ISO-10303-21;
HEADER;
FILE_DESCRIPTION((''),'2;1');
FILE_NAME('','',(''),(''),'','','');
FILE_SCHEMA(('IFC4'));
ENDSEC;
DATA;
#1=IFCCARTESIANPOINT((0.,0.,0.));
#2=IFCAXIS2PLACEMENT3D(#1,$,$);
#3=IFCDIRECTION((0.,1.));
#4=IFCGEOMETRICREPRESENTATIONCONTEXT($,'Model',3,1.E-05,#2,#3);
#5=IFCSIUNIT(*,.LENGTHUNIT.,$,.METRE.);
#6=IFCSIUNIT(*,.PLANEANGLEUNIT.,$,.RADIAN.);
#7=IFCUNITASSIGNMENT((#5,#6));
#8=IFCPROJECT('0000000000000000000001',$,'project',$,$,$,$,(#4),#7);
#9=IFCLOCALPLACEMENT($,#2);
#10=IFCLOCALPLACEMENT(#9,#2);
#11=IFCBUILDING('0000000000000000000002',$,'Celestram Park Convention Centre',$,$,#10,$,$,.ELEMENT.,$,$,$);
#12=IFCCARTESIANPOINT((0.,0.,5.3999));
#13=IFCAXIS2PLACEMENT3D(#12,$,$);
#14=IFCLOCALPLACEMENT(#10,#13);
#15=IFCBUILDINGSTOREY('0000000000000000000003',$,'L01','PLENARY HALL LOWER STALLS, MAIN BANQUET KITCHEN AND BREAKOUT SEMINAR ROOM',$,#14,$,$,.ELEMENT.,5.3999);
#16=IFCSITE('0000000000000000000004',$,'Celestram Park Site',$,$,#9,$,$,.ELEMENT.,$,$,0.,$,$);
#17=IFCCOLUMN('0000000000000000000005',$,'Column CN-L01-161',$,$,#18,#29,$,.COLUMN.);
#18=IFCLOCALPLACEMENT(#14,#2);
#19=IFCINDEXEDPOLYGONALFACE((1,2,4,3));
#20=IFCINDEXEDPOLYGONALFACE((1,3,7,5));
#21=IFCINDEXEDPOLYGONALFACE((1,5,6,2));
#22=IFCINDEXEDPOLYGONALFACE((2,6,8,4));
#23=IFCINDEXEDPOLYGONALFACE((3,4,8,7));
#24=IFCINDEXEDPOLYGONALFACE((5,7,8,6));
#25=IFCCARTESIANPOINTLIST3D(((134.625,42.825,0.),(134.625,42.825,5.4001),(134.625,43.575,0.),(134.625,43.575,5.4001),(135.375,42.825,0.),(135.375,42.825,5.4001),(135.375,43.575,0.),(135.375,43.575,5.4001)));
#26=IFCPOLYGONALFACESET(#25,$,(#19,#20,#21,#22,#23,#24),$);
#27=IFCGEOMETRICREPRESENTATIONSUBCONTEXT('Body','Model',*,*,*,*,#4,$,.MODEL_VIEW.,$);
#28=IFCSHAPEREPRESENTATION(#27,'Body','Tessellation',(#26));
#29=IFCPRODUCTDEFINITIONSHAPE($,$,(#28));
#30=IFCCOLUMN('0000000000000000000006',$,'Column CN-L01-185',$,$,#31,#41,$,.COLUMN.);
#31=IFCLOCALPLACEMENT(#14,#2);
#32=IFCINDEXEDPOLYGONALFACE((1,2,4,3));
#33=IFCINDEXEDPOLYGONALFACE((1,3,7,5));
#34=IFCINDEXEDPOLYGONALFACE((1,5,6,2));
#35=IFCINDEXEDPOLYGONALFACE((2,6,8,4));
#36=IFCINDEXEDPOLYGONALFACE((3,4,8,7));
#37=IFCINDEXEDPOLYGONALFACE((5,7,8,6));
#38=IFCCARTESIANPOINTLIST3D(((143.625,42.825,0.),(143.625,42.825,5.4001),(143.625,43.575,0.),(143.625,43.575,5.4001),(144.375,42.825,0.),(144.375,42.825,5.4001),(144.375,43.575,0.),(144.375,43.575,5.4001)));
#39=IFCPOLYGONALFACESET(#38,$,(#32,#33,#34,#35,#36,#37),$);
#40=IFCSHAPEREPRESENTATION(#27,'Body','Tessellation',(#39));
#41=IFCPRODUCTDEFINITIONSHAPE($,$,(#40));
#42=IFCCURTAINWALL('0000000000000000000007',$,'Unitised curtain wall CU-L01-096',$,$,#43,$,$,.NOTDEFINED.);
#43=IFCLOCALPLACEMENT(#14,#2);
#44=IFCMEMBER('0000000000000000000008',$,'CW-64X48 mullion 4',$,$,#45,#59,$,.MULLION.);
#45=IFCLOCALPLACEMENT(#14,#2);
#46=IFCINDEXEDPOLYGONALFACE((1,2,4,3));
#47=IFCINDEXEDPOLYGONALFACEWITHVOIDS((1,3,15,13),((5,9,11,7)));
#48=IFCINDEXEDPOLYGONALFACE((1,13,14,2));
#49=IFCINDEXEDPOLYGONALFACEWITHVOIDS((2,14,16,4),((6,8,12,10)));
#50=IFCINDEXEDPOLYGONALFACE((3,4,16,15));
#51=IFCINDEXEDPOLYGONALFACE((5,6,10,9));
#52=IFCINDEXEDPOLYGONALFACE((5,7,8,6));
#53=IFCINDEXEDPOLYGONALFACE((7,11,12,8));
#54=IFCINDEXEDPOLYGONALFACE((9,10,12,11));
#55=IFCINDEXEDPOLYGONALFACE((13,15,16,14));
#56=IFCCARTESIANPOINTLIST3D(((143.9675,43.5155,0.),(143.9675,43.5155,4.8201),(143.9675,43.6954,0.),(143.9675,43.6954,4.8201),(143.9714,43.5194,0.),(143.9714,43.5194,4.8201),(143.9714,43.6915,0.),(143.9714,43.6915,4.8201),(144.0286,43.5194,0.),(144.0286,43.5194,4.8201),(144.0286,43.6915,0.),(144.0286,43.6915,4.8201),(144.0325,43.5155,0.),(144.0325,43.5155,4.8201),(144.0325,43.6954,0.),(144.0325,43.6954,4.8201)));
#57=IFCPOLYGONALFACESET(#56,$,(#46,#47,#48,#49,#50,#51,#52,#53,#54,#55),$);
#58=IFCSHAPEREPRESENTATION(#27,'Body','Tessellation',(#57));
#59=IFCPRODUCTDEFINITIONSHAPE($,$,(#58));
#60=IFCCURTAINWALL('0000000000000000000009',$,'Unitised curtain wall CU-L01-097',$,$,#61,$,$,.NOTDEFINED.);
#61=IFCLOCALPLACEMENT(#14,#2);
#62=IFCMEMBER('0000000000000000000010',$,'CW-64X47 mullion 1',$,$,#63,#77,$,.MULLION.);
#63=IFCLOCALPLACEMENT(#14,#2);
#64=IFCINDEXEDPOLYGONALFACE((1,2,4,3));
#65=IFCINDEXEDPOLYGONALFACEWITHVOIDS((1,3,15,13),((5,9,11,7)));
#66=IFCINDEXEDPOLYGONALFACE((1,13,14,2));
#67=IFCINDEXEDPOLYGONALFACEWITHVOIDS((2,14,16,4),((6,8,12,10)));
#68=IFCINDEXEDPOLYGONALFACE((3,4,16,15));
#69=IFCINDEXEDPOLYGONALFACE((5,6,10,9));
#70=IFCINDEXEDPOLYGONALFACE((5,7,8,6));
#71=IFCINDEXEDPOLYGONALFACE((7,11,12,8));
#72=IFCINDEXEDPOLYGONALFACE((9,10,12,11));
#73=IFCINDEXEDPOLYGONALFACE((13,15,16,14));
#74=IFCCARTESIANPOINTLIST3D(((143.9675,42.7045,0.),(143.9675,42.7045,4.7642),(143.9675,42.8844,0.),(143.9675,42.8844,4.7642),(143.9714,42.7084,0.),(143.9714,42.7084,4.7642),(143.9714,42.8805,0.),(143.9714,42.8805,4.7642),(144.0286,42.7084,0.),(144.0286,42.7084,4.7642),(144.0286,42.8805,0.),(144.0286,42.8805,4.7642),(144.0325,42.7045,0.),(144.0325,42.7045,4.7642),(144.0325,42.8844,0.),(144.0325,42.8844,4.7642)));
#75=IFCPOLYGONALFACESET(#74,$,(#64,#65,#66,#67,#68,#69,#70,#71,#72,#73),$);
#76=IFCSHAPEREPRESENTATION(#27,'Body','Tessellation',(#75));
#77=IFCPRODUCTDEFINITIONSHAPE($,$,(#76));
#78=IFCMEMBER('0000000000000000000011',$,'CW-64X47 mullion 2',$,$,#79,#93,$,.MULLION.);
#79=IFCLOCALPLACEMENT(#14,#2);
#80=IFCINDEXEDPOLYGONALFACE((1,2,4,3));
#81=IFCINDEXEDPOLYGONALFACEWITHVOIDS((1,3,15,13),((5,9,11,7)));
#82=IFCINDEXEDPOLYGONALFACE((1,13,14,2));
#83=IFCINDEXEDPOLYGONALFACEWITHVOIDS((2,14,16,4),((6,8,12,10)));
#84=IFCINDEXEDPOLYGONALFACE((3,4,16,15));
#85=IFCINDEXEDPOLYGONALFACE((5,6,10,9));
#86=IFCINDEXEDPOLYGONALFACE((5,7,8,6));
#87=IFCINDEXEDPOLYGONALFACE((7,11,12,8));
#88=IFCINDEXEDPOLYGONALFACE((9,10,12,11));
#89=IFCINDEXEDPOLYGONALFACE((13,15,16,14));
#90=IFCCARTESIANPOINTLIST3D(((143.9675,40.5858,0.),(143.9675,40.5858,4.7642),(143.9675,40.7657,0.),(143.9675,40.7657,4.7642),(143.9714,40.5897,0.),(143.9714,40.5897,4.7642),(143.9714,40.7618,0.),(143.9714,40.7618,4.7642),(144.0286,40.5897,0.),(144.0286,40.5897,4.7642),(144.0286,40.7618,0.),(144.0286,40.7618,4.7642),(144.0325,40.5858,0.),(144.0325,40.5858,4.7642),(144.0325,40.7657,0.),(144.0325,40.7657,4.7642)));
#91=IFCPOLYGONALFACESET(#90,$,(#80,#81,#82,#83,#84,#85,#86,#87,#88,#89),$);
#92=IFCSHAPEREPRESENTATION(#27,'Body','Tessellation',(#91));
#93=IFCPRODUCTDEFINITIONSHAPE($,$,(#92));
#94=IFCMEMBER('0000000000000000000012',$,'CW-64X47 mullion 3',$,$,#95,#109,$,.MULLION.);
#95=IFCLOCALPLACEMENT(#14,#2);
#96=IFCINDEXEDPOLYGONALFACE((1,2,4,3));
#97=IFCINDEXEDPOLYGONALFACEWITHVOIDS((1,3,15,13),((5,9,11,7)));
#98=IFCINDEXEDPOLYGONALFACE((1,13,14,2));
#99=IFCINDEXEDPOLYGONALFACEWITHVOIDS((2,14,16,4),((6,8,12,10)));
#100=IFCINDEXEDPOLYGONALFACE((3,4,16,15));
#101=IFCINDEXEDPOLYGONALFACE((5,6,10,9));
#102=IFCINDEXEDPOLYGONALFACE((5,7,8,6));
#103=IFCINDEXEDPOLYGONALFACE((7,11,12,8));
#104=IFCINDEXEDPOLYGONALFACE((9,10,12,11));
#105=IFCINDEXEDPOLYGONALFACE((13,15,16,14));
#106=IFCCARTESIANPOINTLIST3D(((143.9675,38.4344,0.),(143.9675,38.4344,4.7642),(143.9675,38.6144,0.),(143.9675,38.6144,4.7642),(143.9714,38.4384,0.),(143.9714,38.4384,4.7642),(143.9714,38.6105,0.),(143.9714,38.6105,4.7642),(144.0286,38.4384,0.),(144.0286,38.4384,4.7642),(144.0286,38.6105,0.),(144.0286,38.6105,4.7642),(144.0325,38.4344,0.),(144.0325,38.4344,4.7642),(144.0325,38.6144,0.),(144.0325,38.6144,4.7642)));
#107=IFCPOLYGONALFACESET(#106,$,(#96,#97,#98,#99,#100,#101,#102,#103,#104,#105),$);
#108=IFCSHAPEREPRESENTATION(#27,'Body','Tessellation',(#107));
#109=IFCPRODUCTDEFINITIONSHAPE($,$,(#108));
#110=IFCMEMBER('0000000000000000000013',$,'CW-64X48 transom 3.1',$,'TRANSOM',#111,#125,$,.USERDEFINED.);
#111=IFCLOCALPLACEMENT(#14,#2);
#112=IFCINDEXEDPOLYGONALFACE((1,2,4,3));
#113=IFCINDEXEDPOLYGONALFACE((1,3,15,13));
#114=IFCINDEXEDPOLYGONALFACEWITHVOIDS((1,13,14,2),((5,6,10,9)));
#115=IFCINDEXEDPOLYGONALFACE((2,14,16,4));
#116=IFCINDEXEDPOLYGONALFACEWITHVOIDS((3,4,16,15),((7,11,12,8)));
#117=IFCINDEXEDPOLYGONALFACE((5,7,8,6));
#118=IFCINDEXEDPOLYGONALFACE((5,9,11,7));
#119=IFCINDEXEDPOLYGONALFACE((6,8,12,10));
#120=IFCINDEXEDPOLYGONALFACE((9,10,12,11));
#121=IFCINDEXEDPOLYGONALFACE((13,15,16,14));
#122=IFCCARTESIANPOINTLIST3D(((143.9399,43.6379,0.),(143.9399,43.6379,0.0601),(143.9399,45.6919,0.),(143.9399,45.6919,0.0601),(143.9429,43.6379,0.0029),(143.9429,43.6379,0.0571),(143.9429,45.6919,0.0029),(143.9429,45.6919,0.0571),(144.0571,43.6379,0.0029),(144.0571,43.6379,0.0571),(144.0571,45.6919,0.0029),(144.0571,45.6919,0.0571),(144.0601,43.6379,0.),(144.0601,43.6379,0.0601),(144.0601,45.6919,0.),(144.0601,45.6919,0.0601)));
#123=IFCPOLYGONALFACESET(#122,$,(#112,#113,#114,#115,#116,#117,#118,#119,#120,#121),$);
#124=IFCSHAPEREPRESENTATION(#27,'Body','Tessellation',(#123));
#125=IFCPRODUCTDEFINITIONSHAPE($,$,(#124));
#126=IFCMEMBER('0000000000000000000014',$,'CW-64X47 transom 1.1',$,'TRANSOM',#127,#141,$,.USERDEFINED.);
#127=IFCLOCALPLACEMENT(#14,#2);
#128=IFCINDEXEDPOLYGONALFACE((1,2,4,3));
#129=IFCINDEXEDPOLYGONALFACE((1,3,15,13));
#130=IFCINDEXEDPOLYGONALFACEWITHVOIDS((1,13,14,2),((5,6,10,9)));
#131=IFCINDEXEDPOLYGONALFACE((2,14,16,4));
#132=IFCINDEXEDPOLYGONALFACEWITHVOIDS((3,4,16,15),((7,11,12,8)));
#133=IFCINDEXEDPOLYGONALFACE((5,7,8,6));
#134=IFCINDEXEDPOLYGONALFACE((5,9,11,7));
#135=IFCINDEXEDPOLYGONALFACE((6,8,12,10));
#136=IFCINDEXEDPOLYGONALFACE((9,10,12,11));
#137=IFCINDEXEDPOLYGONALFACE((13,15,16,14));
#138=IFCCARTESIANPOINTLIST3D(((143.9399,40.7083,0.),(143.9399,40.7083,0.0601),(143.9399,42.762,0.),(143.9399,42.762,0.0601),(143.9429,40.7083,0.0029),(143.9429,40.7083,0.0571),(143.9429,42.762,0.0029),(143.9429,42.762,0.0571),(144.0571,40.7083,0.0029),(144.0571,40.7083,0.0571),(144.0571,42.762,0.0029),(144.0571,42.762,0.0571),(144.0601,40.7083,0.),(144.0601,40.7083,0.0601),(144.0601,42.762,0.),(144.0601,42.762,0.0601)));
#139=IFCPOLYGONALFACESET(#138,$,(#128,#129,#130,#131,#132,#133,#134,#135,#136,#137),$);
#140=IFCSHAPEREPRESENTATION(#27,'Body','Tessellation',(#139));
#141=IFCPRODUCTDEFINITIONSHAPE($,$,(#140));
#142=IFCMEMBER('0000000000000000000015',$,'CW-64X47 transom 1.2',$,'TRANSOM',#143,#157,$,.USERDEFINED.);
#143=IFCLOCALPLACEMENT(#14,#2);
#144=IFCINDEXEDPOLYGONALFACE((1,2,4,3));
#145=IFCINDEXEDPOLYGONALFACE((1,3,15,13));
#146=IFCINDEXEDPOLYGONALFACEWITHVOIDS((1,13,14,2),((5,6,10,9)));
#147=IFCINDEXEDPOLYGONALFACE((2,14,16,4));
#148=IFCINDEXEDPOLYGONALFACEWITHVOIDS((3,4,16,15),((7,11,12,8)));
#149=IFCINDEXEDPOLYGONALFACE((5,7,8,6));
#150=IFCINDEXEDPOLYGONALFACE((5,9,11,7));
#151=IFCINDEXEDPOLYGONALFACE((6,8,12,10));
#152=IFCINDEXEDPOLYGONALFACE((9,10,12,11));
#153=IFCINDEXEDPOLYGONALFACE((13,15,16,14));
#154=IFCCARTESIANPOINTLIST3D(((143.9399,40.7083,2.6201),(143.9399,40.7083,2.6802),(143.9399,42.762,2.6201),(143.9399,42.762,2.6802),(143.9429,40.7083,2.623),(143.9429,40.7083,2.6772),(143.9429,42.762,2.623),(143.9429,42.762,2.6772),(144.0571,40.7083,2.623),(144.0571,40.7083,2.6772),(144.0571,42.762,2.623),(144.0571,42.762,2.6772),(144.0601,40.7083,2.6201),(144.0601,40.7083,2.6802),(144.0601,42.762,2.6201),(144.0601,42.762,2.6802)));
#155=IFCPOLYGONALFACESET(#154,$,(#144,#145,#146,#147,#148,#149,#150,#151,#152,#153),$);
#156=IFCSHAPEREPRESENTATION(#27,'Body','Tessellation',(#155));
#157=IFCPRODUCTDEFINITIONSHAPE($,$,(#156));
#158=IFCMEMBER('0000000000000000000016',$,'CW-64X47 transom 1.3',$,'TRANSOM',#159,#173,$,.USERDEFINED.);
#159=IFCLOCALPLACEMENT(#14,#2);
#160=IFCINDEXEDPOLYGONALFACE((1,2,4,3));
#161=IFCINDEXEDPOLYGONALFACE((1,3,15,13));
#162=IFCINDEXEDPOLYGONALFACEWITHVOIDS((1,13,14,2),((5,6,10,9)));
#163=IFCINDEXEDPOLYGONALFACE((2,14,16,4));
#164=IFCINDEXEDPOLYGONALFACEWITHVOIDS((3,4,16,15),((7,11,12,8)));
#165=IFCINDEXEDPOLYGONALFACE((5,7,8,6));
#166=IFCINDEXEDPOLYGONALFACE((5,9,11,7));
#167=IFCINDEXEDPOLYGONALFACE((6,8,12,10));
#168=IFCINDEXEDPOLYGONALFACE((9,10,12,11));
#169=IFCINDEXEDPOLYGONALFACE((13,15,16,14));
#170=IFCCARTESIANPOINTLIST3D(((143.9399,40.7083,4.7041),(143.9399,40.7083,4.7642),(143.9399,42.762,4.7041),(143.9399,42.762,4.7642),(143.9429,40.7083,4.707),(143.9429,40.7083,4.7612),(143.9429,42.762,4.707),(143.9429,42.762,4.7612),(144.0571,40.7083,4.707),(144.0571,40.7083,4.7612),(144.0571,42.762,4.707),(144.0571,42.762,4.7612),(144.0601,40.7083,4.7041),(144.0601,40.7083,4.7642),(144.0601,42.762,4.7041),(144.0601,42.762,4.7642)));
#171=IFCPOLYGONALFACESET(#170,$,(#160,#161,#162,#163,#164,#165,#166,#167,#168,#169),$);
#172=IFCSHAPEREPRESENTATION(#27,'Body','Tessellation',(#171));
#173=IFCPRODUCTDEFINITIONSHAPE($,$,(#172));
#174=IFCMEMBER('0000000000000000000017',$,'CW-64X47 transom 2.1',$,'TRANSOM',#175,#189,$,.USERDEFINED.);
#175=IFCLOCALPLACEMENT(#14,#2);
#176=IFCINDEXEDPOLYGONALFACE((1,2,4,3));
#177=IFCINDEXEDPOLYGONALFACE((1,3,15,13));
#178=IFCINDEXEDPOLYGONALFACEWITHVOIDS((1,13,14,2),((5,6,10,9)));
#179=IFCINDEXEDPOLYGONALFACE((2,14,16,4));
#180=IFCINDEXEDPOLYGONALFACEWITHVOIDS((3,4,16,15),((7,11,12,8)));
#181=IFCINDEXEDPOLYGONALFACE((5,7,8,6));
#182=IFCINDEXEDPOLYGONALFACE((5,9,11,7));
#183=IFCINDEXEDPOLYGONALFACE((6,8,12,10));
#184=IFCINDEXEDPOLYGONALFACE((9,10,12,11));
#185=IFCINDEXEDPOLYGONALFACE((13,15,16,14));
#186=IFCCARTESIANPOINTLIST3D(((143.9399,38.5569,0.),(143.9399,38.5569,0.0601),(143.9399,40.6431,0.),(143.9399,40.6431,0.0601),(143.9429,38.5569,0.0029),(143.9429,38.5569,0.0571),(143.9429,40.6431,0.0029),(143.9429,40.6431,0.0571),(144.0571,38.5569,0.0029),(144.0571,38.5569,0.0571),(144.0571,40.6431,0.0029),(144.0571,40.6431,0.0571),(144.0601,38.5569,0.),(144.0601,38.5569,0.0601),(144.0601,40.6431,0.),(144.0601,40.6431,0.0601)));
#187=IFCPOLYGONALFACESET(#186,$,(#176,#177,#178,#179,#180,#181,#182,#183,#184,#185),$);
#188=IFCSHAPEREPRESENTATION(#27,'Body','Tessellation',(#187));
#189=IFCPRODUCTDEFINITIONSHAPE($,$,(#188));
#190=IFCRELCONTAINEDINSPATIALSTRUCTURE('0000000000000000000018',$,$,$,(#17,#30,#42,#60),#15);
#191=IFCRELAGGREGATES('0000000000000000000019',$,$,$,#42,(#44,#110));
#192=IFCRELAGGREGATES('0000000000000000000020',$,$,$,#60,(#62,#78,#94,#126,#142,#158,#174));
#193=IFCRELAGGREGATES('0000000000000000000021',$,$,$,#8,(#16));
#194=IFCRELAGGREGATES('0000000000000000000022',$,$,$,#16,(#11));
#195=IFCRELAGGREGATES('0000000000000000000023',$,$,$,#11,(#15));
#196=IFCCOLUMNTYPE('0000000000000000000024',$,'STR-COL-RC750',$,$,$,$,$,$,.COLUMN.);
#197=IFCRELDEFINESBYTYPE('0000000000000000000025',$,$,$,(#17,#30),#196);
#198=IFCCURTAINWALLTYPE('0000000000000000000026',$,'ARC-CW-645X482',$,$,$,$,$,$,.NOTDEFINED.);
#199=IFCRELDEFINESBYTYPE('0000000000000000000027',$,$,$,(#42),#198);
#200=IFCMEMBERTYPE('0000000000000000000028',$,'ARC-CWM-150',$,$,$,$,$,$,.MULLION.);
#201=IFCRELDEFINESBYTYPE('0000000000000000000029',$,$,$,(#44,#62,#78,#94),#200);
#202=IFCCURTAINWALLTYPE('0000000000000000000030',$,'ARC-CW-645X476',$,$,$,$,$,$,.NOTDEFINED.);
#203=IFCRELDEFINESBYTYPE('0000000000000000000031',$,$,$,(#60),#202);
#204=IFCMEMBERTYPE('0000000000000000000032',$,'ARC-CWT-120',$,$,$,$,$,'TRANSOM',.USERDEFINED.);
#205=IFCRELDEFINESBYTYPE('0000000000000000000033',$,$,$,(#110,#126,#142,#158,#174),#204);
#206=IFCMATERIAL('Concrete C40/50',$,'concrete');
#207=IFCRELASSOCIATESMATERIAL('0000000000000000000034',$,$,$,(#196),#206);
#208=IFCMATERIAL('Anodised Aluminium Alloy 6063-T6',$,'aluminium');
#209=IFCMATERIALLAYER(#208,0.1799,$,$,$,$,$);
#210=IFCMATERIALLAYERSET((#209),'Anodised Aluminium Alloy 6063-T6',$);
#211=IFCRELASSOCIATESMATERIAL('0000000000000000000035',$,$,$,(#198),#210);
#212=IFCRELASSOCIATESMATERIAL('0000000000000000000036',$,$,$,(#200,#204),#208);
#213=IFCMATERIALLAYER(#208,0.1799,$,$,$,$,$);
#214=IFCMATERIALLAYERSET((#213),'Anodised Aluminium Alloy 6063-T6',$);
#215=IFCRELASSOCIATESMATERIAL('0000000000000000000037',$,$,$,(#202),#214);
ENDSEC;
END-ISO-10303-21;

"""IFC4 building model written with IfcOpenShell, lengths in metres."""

from ifc_helpers import new_model, si_unit, direction, frame, origin, origin_2d, place, context, subcontext, project, spatial, rectangle, hollow_rectangle, extrude, material, layer, layer_set, material_profile, profile_set, type_object, element, aggregate, save


model = new_model("IFC4")

# Units and contexts
model_context = context("Model", 3, precision=1e-05, world=origin(), true_north=direction((0.0, 1.0)))
body_context = subcontext(model_context, "Body", "Model", "MODEL_VIEW")
ifc_project = project(units=[si_unit("LENGTHUNIT", "METRE"), si_unit("PLANEANGLEUNIT", "RADIAN")], contexts=[model_context])

# Site, building, storey
site_placement = place(None, origin())
site = spatial("IfcSite", under=ifc_project, at=site_placement, Name="Celestram Park Site", CompositionType="ELEMENT", RefElevation=0.0)
building_placement = place(site_placement, origin())
building = spatial("IfcBuilding", under=site, at=building_placement, Name="Celestram Park Convention Centre", CompositionType="ELEMENT")
storey_placement = place(building_placement, frame((0.0, 0.0, 5.3999)))
storey = spatial("IfcBuildingStorey", under=building, at=storey_placement, Name="L01", Description="PLENARY HALL LOWER STALLS, MAIN BANQUET KITCHEN AND BREAKOUT SEMINAR ROOM", CompositionType="ELEMENT", Elevation=5.3999)

# Columns
ifc_material_1 = material(Name="Concrete C40/50", Category="concrete")
ifc_material_profile_1 = material_profile(ifc_material_1, rectangle(XDim=0.75, YDim=0.75, at=origin_2d()), Name="RC750X750")
ifc_profile_set_1 = profile_set([ifc_material_profile_1], Name="Concrete C40/50")
column_type = type_object("IfcColumnType", Name="STR-COL-RC750", PredefinedType="COLUMN", material=ifc_profile_set_1)
for number, where, z_axis, x_axis, name in (
    (1, (135.0, 43.2, 0.0), (0.0, 0.0, 1.0), (1.0, 0.0, 0.0), "Column CN-L01-161"),
    (2, (144.0, 43.2, 0.0), (0.0, 0.0, 1.0), (1.0, 0.0, 0.0), "Column CN-L01-185"),
):
    element("IfcColumn", number, at=place(storey_placement, frame(where, z_axis=z_axis, x_axis=x_axis)), inside=storey, type_object=column_type, Name=name, PredefinedType="COLUMN", context=body_context, shape_type="SweptSolid", body=[
        extrude(rectangle(XDim=0.75, YDim=0.75, at=origin_2d()), origin(), (0.0, 0.0, 1.0), 5.4001),
    ])

# Curtain wall, member
ifc_material_2 = material(Name="Anodised Aluminium Alloy 6063-T6", Category="aluminium")
ifc_layer_1 = layer(ifc_material_2, 0.1799)
ifc_layer_set_1 = layer_set([ifc_layer_1], Name="Anodised Aluminium Alloy 6063-T6")
curtain_wall_type_1 = type_object("IfcCurtainWallType", Name="ARC-CW-645X482", PredefinedType="NOTDEFINED", material=ifc_layer_set_1)
curtain_wall_1_placement = place(storey_placement, origin())
curtain_wall_1 = element("IfcCurtainWall", 3, at=curtain_wall_1_placement, inside=storey, type_object=curtain_wall_type_1, Name="Unitised curtain wall CU-L01-096", PredefinedType="NOTDEFINED")
ifc_material_profile_2 = material_profile(ifc_material_2, hollow_rectangle(XDim=0.0649, YDim=0.1799, WallThickness=0.0039, at=origin_2d()), Name="ALU65X180X4")
ifc_profile_set_2 = profile_set([ifc_material_profile_2], Name="Anodised Aluminium Alloy 6063-T6")
member_type_1 = type_object("IfcMemberType", Name="ARC-CWM-150", PredefinedType="MULLION", material=ifc_profile_set_2)
member_1_placement = place(storey_placement, frame((144.0, 43.6055, 0.0), z_axis=(0.0, 0.0, 1.0), x_axis=(1.0, 0.0, 0.0)))
member_1 = element("IfcMember", 4, at=member_1_placement, type_object=member_type_1, Name="CW-64X48 mullion 4", PredefinedType="MULLION", context=body_context, shape_type="SweptSolid", body=[
    extrude(hollow_rectangle(XDim=0.0649, YDim=0.1799, WallThickness=0.0039, at=origin_2d()), origin(), (0.0, 0.0, 1.0), 4.8201),
])

# Curtain wall, members
ifc_layer_2 = layer(ifc_material_2, 0.1799)
ifc_layer_set_2 = layer_set([ifc_layer_2], Name="Anodised Aluminium Alloy 6063-T6")
curtain_wall_type_2 = type_object("IfcCurtainWallType", Name="ARC-CW-645X476", PredefinedType="NOTDEFINED", material=ifc_layer_set_2)
curtain_wall_2_placement = place(storey_placement, origin())
curtain_wall_2 = element("IfcCurtainWall", 5, at=curtain_wall_2_placement, inside=storey, type_object=curtain_wall_type_2, Name="Unitised curtain wall CU-L01-097", PredefinedType="NOTDEFINED")
member_2_placement = place(storey_placement, frame((144.0, 42.7944, 0.0), z_axis=(0.0, 0.0, 1.0), x_axis=(1.0, 0.0, 0.0)))
member_2 = element("IfcMember", 6, at=member_2_placement, type_object=member_type_1, Name="CW-64X47 mullion 1", PredefinedType="MULLION", context=body_context, shape_type="SweptSolid", body=[
    extrude(hollow_rectangle(XDim=0.0649, YDim=0.1799, WallThickness=0.0039, at=origin_2d()), origin(), (0.0, 0.0, 1.0), 4.7642),
])
member_3_placement = place(storey_placement, frame((144.0, 40.6758, 0.0), z_axis=(0.0, 0.0, 1.0), x_axis=(1.0, 0.0, 0.0)))
member_3 = element("IfcMember", 7, at=member_3_placement, type_object=member_type_1, Name="CW-64X47 mullion 2", PredefinedType="MULLION", context=body_context, shape_type="SweptSolid", body=[
    extrude(hollow_rectangle(XDim=0.0649, YDim=0.1799, WallThickness=0.0039, at=origin_2d()), origin(), (0.0, 0.0, 1.0), 4.7642),
])
member_4_placement = place(storey_placement, frame((144.0, 38.5244, 0.0), z_axis=(0.0, 0.0, 1.0), x_axis=(1.0, 0.0, 0.0)))
member_4 = element("IfcMember", 8, at=member_4_placement, type_object=member_type_1, Name="CW-64X47 mullion 3", PredefinedType="MULLION", context=body_context, shape_type="SweptSolid", body=[
    extrude(hollow_rectangle(XDim=0.0649, YDim=0.1799, WallThickness=0.0039, at=origin_2d()), origin(), (0.0, 0.0, 1.0), 4.7642),
])

# Members
ifc_material_profile_3 = material_profile(ifc_material_2, hollow_rectangle(XDim=0.1201, YDim=0.0601, WallThickness=0.0029, at=origin_2d()), Name="ALU120X60X3")
ifc_profile_set_3 = profile_set([ifc_material_profile_3], Name="Anodised Aluminium Alloy 6063-T6")
member_type_2 = type_object("IfcMemberType", Name="ARC-CWT-120", ElementType="TRANSOM", PredefinedType="USERDEFINED", material=ifc_profile_set_3)
member_5_placement = place(storey_placement, frame((144.0, 45.6919, 0.03), z_axis=(0.0, -1.0, 0.0), x_axis=(1.0, 0.0, 0.0)))
member_5 = element("IfcMember", 9, at=member_5_placement, type_object=member_type_2, Name="CW-64X48 transom 3.1", ObjectType="TRANSOM", PredefinedType="USERDEFINED", context=body_context, shape_type="SweptSolid", body=[
    extrude(hollow_rectangle(XDim=0.1201, YDim=0.0601, WallThickness=0.0029, at=origin_2d()), origin(), (0.0, 0.0, 1.0), 2.054),
])
member_6_placement = place(storey_placement, frame((144.0, 42.762, 0.03), z_axis=(0.0, -1.0, 0.0), x_axis=(1.0, 0.0, 0.0)))
member_6 = element("IfcMember", 10, at=member_6_placement, type_object=member_type_2, Name="CW-64X47 transom 1.1", ObjectType="TRANSOM", PredefinedType="USERDEFINED", context=body_context, shape_type="SweptSolid", body=[
    extrude(hollow_rectangle(XDim=0.1201, YDim=0.0601, WallThickness=0.0029, at=origin_2d()), origin(), (0.0, 0.0, 1.0), 2.0537),
])
member_7_placement = place(storey_placement, frame((144.0, 42.762, 2.6501), z_axis=(0.0, -1.0, 0.0), x_axis=(1.0, 0.0, 0.0)))
member_7 = element("IfcMember", 11, at=member_7_placement, type_object=member_type_2, Name="CW-64X47 transom 1.2", ObjectType="TRANSOM", PredefinedType="USERDEFINED", context=body_context, shape_type="SweptSolid", body=[
    extrude(hollow_rectangle(XDim=0.1201, YDim=0.0601, WallThickness=0.0029, at=origin_2d()), origin(), (0.0, 0.0, 1.0), 2.0537),
])
member_8_placement = place(storey_placement, frame((144.0, 42.762, 4.7341), z_axis=(0.0, -1.0, 0.0), x_axis=(1.0, 0.0, 0.0)))
member_8 = element("IfcMember", 12, at=member_8_placement, type_object=member_type_2, Name="CW-64X47 transom 1.3", ObjectType="TRANSOM", PredefinedType="USERDEFINED", context=body_context, shape_type="SweptSolid", body=[
    extrude(hollow_rectangle(XDim=0.1201, YDim=0.0601, WallThickness=0.0029, at=origin_2d()), origin(), (0.0, 0.0, 1.0), 2.0537),
])
member_9_placement = place(storey_placement, frame((144.0, 40.6431, 0.03), z_axis=(0.0, -1.0, 0.0), x_axis=(1.0, 0.0, 0.0)))
member_9 = element("IfcMember", 13, at=member_9_placement, type_object=member_type_2, Name="CW-64X47 transom 2.1", ObjectType="TRANSOM", PredefinedType="USERDEFINED", context=body_context, shape_type="SweptSolid", body=[
    extrude(hollow_rectangle(XDim=0.1201, YDim=0.0601, WallThickness=0.0029, at=origin_2d()), origin(), (0.0, 0.0, 1.0), 2.0862),
])

aggregate(curtain_wall_1, [member_1, member_5])
aggregate(curtain_wall_2, [member_2, member_3, member_4, member_6, member_7, member_8, member_9])

save(model, "model.ifc")
